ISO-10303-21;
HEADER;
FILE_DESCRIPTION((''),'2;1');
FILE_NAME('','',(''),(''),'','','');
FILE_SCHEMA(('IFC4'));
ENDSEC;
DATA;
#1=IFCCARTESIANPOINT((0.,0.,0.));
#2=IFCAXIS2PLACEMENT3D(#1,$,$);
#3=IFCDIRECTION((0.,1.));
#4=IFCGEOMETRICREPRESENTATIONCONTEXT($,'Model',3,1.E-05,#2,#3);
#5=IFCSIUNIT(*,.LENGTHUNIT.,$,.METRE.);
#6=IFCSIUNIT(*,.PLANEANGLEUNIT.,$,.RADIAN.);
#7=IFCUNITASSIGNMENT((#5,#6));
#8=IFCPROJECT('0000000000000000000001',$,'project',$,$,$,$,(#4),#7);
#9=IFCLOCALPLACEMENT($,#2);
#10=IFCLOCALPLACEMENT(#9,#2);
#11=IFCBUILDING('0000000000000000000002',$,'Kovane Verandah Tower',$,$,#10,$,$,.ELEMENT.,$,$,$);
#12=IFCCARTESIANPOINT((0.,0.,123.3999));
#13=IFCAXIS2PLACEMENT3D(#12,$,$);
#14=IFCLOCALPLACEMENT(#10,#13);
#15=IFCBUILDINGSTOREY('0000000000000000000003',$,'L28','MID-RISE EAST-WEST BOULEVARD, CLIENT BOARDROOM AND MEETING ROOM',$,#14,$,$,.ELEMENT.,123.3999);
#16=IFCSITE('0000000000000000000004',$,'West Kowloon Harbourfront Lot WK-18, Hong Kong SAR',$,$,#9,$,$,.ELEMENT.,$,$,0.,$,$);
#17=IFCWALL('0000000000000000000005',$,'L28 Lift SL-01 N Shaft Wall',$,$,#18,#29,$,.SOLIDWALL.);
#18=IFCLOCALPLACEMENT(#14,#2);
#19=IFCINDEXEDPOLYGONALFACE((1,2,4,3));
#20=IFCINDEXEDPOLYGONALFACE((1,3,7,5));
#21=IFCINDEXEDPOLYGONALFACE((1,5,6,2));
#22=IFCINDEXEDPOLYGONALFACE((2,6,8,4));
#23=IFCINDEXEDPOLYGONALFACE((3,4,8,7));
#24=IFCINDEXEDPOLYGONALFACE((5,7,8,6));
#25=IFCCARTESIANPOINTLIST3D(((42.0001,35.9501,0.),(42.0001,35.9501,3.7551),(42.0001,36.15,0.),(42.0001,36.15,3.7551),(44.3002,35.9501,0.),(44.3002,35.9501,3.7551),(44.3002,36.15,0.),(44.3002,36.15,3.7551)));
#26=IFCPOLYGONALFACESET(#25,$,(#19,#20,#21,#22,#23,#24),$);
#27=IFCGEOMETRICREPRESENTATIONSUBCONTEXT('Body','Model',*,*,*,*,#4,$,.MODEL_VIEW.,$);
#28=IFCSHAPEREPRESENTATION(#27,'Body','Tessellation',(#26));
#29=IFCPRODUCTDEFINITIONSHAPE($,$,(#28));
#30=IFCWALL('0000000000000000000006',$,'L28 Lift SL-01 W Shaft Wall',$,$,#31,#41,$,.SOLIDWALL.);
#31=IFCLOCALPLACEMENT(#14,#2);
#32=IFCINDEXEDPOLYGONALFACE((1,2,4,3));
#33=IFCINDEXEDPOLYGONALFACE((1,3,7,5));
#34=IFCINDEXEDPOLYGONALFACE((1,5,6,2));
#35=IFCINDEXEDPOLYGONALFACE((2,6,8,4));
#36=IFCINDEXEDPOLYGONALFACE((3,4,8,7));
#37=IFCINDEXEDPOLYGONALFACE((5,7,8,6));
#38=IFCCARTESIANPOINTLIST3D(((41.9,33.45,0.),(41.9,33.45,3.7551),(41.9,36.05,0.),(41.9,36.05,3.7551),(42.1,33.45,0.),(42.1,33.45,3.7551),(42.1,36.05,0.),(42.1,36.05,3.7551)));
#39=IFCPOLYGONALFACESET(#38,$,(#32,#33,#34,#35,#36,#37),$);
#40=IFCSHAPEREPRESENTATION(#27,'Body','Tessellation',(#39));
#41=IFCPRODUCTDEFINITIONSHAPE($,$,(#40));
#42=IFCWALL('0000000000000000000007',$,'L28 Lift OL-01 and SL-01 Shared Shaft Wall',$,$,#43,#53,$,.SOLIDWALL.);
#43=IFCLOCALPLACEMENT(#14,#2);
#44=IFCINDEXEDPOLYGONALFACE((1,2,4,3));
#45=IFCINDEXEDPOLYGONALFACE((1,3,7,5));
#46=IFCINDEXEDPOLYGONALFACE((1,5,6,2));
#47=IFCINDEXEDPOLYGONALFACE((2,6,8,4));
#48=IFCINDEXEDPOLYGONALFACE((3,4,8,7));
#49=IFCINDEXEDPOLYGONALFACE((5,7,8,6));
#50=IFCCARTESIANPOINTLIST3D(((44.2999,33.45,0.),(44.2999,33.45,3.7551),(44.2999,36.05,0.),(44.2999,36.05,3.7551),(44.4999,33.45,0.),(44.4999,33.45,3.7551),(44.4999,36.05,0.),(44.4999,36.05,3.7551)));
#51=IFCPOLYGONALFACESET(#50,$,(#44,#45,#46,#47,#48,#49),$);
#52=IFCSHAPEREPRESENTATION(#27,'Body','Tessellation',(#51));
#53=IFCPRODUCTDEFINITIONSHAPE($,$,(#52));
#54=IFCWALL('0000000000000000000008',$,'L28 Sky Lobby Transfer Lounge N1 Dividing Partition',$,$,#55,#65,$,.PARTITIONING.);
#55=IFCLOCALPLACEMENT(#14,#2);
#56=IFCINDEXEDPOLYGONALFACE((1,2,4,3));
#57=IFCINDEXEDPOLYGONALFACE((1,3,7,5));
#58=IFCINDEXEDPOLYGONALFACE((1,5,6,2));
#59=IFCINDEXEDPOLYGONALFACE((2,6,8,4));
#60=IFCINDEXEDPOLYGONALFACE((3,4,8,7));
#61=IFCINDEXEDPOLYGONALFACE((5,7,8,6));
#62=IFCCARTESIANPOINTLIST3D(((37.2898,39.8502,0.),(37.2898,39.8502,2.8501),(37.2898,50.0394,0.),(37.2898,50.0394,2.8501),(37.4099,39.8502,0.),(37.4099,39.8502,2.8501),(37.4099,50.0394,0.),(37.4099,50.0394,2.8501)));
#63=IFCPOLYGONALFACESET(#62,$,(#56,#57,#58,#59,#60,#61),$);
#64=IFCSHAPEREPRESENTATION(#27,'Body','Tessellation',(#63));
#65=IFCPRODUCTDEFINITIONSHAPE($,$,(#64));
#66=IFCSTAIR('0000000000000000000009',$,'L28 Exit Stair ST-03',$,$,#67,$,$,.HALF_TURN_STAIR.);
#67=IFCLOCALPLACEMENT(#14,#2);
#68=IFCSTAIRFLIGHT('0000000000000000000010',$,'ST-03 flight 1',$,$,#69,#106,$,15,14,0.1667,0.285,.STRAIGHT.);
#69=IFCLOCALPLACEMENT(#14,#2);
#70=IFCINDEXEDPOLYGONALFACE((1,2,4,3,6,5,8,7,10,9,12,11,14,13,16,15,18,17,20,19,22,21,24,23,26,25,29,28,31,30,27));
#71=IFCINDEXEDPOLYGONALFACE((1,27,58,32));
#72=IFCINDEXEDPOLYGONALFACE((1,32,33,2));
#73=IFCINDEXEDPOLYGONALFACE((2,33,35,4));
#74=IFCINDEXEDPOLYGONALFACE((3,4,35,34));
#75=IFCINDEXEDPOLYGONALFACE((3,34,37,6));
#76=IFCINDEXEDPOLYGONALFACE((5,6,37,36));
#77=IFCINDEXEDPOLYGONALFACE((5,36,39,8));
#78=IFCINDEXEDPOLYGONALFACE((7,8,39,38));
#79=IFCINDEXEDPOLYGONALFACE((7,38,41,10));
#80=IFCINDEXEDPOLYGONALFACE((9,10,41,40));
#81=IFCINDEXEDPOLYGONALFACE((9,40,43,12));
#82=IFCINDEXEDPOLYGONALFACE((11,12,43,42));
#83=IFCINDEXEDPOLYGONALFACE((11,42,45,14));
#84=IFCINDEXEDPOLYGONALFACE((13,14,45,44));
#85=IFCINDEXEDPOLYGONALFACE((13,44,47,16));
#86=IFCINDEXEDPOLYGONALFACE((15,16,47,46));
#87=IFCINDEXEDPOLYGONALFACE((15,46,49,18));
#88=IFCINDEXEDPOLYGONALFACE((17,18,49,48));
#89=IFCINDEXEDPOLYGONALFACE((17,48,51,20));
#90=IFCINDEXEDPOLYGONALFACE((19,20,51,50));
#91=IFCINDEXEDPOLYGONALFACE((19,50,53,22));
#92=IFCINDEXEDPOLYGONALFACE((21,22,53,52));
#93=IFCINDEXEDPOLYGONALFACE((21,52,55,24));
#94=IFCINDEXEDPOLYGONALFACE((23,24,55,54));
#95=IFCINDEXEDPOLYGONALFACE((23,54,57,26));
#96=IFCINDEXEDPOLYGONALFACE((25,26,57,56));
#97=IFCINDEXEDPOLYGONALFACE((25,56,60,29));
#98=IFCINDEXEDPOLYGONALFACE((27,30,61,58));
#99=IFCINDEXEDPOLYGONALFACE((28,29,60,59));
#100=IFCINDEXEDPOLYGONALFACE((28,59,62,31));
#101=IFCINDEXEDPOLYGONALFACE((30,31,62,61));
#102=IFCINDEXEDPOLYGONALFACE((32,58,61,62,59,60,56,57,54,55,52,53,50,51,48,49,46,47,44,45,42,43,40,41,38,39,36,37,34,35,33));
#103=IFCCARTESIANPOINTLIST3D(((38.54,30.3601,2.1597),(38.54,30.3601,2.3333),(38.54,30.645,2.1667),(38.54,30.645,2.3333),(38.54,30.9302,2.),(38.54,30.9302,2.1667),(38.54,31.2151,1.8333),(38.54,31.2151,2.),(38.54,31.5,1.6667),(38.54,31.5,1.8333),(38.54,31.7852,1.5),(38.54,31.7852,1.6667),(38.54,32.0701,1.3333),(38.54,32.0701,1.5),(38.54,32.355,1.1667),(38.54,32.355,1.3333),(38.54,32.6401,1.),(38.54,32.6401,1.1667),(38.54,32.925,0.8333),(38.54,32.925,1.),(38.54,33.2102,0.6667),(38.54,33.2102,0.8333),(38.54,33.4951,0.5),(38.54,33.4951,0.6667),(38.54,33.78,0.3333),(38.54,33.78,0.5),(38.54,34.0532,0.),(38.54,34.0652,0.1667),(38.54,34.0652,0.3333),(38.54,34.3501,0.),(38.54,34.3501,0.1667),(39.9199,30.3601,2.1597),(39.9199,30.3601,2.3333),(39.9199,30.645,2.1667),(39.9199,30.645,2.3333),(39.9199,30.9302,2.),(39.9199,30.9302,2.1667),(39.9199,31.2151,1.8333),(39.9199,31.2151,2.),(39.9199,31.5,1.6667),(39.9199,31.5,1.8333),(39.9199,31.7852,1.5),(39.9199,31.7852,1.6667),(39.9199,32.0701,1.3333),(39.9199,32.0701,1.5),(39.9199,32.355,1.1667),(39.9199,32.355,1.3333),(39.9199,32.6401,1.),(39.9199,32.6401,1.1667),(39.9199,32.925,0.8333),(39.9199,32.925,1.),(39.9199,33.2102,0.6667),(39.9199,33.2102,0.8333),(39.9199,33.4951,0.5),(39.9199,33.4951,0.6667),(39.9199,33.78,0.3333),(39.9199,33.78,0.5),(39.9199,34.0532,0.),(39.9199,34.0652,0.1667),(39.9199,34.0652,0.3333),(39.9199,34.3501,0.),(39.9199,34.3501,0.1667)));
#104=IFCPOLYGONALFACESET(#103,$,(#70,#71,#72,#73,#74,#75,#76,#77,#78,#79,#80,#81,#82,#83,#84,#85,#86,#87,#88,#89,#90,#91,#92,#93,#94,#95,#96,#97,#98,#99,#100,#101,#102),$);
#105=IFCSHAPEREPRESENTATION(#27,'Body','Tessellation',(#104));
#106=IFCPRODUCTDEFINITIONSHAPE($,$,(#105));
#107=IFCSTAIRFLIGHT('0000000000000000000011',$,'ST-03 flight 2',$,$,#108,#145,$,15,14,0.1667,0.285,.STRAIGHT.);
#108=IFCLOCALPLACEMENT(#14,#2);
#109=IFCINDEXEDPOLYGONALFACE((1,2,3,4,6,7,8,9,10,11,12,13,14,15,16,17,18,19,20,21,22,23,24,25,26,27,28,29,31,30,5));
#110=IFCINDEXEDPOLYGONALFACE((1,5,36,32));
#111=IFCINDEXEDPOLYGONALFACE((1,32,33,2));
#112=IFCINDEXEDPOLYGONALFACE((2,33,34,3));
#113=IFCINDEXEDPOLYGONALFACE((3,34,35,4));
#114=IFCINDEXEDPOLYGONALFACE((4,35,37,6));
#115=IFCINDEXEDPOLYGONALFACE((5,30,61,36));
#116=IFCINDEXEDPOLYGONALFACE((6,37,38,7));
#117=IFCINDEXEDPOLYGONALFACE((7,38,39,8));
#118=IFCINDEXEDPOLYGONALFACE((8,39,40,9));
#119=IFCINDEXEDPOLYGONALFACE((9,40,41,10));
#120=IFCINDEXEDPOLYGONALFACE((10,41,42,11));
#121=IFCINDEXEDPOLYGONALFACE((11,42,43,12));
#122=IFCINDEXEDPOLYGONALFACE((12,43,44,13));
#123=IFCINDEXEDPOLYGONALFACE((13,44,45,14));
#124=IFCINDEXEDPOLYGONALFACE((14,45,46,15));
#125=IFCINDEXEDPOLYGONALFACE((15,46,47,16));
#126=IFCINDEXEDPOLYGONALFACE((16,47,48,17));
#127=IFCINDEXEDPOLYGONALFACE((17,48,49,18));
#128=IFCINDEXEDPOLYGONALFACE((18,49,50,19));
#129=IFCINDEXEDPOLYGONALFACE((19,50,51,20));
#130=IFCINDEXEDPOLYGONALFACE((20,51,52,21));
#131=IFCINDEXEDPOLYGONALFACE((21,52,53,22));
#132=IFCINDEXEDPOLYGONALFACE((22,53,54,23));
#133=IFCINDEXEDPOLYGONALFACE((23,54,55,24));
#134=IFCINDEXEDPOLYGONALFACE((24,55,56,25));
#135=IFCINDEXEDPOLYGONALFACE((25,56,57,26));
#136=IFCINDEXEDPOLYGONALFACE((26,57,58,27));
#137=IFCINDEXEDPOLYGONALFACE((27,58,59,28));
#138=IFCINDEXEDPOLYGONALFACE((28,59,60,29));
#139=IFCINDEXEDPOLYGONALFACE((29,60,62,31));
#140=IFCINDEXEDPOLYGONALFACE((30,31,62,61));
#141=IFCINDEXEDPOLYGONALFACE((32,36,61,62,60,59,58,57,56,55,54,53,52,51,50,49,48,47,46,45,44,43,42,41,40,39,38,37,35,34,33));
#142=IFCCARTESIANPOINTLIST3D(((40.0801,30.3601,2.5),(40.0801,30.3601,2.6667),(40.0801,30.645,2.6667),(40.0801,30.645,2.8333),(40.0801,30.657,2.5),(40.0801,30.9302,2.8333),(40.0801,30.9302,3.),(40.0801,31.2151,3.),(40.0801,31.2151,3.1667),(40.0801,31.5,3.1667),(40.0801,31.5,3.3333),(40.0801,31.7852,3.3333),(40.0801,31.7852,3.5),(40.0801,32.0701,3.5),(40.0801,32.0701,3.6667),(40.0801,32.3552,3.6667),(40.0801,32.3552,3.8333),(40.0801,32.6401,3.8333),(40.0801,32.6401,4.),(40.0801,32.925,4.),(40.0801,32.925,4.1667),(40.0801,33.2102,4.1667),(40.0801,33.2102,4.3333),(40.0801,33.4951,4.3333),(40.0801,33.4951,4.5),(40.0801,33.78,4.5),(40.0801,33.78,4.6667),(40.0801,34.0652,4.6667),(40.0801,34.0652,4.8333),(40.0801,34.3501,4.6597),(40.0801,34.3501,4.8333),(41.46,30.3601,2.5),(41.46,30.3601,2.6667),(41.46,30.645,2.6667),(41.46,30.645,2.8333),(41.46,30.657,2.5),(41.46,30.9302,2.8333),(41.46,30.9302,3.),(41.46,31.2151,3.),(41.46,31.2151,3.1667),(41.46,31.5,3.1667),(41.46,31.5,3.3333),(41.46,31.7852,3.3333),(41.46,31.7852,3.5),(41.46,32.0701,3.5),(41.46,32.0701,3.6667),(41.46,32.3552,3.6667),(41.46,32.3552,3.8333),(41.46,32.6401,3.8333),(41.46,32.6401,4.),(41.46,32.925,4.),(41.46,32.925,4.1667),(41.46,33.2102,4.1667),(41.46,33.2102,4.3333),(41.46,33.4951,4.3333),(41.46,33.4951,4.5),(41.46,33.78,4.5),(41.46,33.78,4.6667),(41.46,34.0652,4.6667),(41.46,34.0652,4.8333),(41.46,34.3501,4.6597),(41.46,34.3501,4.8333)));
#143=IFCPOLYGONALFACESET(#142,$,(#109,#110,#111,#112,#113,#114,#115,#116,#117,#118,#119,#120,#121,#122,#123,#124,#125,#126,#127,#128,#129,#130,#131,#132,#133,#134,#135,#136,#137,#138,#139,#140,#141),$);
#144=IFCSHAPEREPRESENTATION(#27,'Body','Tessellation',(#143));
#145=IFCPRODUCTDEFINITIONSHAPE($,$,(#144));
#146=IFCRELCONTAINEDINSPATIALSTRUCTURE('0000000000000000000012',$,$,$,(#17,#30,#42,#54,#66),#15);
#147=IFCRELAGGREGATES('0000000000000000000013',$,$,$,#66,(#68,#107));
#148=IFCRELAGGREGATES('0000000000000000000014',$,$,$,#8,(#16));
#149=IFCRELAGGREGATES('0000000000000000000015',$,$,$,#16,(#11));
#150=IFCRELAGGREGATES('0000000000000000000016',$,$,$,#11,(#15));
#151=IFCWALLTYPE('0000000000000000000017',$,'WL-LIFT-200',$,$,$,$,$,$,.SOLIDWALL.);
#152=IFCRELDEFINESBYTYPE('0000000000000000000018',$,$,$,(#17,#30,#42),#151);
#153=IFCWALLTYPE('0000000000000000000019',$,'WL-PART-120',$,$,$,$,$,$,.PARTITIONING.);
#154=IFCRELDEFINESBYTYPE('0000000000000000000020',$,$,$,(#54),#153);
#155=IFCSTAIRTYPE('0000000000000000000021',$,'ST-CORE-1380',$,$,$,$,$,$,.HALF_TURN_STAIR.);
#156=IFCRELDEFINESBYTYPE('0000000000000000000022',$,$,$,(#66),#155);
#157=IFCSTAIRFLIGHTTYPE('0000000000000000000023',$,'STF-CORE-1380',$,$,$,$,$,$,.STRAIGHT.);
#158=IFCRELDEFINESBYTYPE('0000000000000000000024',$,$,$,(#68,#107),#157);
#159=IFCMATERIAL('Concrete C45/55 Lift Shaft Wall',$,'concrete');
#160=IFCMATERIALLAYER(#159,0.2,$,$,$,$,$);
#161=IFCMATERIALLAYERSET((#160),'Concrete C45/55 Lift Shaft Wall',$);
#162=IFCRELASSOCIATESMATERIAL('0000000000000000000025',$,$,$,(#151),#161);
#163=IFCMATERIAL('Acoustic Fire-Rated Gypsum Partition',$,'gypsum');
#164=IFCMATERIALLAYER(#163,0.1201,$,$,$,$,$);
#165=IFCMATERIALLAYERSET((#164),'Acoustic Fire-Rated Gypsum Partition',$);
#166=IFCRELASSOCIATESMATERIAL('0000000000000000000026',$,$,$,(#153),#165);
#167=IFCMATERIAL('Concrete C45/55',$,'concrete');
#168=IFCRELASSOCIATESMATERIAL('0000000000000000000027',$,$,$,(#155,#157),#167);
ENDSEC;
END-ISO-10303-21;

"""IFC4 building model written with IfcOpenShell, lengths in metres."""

from ifc_helpers import new_model, si_unit, direction, frame, frame_2d, origin, place, context, subcontext, project, spatial, polyline, rectangle, outline, extrude, material, layer, layer_set, type_object, element, aggregate, save


model = new_model("IFC4")

# Units and contexts
model_context = context("Model", 3, precision=1e-05, world=origin(), true_north=direction((0.0, 1.0)))
body_context = subcontext(model_context, "Body", "Model", "MODEL_VIEW")
ifc_project = project(units=[si_unit("LENGTHUNIT", "METRE"), si_unit("PLANEANGLEUNIT", "RADIAN")], contexts=[model_context])

# Site, building, storey
site_placement = place(None, origin())
site = spatial("IfcSite", under=ifc_project, at=site_placement, Name="West Kowloon Harbourfront Lot WK-18, Hong Kong SAR", CompositionType="ELEMENT", RefElevation=0.0)
building_placement = place(site_placement, origin())
building = spatial("IfcBuilding", under=site, at=building_placement, Name="Kovane Verandah Tower", CompositionType="ELEMENT")
storey_placement = place(building_placement, frame((0.0, 0.0, 123.3999)))
storey = spatial("IfcBuildingStorey", under=building, at=storey_placement, Name="L28", Description="MID-RISE EAST-WEST BOULEVARD, CLIENT BOARDROOM AND MEETING ROOM", CompositionType="ELEMENT", Elevation=123.3999)

# Shared definitions
ifc_material_1 = material(Name="Concrete C45/55 Lift Shaft Wall", Category="concrete")
ifc_layer_1 = layer(ifc_material_1, 0.2)
ifc_layer_set_1 = layer_set([ifc_layer_1], Name="Concrete C45/55 Lift Shaft Wall")
wall_type_1 = type_object("IfcWallType", Name="WL-LIFT-200", PredefinedType="SOLIDWALL", material=ifc_layer_set_1)

# Walls
wall_1_placement = place(storey_placement, frame((44.3, 36.05, 0.0), z_axis=(0.0, 0.0, 1.0), x_axis=(-1.0, 0.0, 0.0)))
element("IfcWall", 1, at=wall_1_placement, inside=storey, type_object=wall_type_1, Name="L28 Lift SL-01 N Shaft Wall", PredefinedType="SOLIDWALL", context=body_context, shape_type="SweptSolid", body=[
    extrude(rectangle(XDim=2.3, YDim=0.2, at=frame_2d((1.1499, 0.0))), origin(), (0.0, 0.0, 1.0), 3.7551),
])
for number, where, z_axis, x_axis, name in (
    (2, (42.0, 36.05, 0.0), (0.0, 0.0, 1.0), (0.0, -1.0, 0.0), "L28 Lift SL-01 W Shaft Wall"),
    (3, (44.3999, 33.45, 0.0), (0.0, 0.0, 1.0), (0.0, 1.0, 0.0), "L28 Lift OL-01 and SL-01 Shared Shaft Wall"),
):
    element("IfcWall", number, at=place(storey_placement, frame(where, z_axis=z_axis, x_axis=x_axis)), inside=storey, type_object=wall_type_1, Name=name, PredefinedType="SOLIDWALL", context=body_context, shape_type="SweptSolid", body=[
        extrude(rectangle(XDim=2.6001, YDim=0.2, at=frame_2d((1.3, 0.0))), origin(), (0.0, 0.0, 1.0), 3.7551),
    ])
ifc_material_2 = material(Name="Acoustic Fire-Rated Gypsum Partition", Category="gypsum")
ifc_layer_2 = layer(ifc_material_2, 0.1201)
ifc_layer_set_2 = layer_set([ifc_layer_2], Name="Acoustic Fire-Rated Gypsum Partition")
wall_type_2 = type_object("IfcWallType", Name="WL-PART-120", PredefinedType="PARTITIONING", material=ifc_layer_set_2)
wall_2_placement = place(storey_placement, frame((37.3499, 39.8501, 0.0), z_axis=(0.0, 0.0, 1.0), x_axis=(0.0, 1.0, 0.0)))
element("IfcWall", 4, at=wall_2_placement, inside=storey, type_object=wall_type_2, Name="L28 Sky Lobby Transfer Lounge N1 Dividing Partition", PredefinedType="PARTITIONING", context=body_context, shape_type="SweptSolid", body=[
    extrude(rectangle(XDim=10.1892, YDim=0.1201, at=frame_2d((5.0947, 0.0))), origin(), (0.0, 0.0, 1.0), 2.8501),
])

# Stair, stair flights
ifc_material_3 = material(Name="Concrete C45/55", Category="concrete")
stair_type = type_object("IfcStairType", Name="ST-CORE-1380", PredefinedType="HALF_TURN_STAIR", material=ifc_material_3)
stair_placement = place(storey_placement, origin())
stair = element("IfcStair", 5, at=stair_placement, inside=storey, type_object=stair_type, Name="L28 Exit Stair ST-03", PredefinedType="HALF_TURN_STAIR")
stair_flight_type = type_object("IfcStairFlightType", Name="STF-CORE-1380", PredefinedType="STRAIGHT", material=ifc_material_3)
stair_flight_1_placement = place(storey_placement, frame((39.23, 34.3501, 0.0), z_axis=(0.0, 0.0, 1.0), x_axis=(0.0, -1.0, 0.0)))
stair_flight_1 = element("IfcStairFlight", 6, at=stair_flight_1_placement, type_object=stair_flight_type, Name="ST-03 flight 1", NumberOfRisers=15, NumberOfTreads=14, PredefinedType="STRAIGHT", RiserHeight=0.1667, TreadLength=0.285, context=body_context, shape_type="SweptSolid", body=[
    extrude(outline(polyline([(0.0, 0.0), (0.0, 0.1667), (0.2849, 0.1667), (0.2849, 0.3333), (0.5701, 0.3333), (0.5701, 0.5), (0.855, 0.5), (0.855, 0.6667), (1.1399, 0.6667), (1.1399, 0.8333), (1.425, 0.8333), (1.425, 1.0), (1.71, 1.0), (1.71, 1.1667), (1.9951, 1.1667), (1.9951, 1.3333), (2.28, 1.3333), (2.28, 1.5), (2.5649, 1.5), (2.5649, 1.6667), (2.8501, 1.6667), (2.8501, 1.8333), (3.135, 1.8333), (3.135, 2.0), (3.4199, 2.0), (3.4199, 2.1667), (3.7051, 2.1667), (3.7051, 2.3333), (3.99, 2.3333), (3.99, 2.5), (3.99, 2.1597), (0.2969, 0.0), (0.0, 0.0)])), frame((0.0, 0.6899, 0.0), z_axis=(0.0, -1.0, 0.0), x_axis=(1.0, 0.0, 0.0)), (0.0, 0.0, 1.0), 1.3799),
])
stair_flight_2_placement = place(storey_placement, frame((40.77, 30.3601, 2.5), z_axis=(0.0, 0.0, 1.0), x_axis=(0.0, 1.0, 0.0)))
stair_flight_2 = element("IfcStairFlight", 7, at=stair_flight_2_placement, type_object=stair_flight_type, Name="ST-03 flight 2", NumberOfRisers=15, NumberOfTreads=14, PredefinedType="STRAIGHT", RiserHeight=0.1667, TreadLength=0.285, context=body_context, shape_type="SweptSolid", body=[
    extrude(outline(polyline([(0.0, 0.0), (0.0, 0.1667), (0.2849, 0.1667), (0.2849, 0.3333), (0.5701, 0.3333), (0.5701, 0.5), (0.855, 0.5), (0.855, 0.6667), (1.1399, 0.6667), (1.1399, 0.8333), (1.425, 0.8333), (1.425, 1.0), (1.71, 1.0), (1.71, 1.1667), (1.9951, 1.1667), (1.9951, 1.3333), (2.28, 1.3333), (2.28, 1.5), (2.5649, 1.5), (2.5649, 1.6667), (2.8501, 1.6667), (2.8501, 1.8333), (3.135, 1.8333), (3.135, 2.0), (3.4199, 2.0), (3.4199, 2.1667), (3.7051, 2.1667), (3.7051, 2.3333), (3.99, 2.3333), (3.99, 2.5), (3.99, 2.1597), (0.2969, 0.0), (0.0, 0.0)])), frame((0.0, 0.6899, 0.0), z_axis=(0.0, -1.0, 0.0), x_axis=(1.0, 0.0, 0.0)), (0.0, 0.0, 1.0), 1.3799),
])
aggregate(stair, [stair_flight_1, stair_flight_2])

save(model, "model.ifc")
